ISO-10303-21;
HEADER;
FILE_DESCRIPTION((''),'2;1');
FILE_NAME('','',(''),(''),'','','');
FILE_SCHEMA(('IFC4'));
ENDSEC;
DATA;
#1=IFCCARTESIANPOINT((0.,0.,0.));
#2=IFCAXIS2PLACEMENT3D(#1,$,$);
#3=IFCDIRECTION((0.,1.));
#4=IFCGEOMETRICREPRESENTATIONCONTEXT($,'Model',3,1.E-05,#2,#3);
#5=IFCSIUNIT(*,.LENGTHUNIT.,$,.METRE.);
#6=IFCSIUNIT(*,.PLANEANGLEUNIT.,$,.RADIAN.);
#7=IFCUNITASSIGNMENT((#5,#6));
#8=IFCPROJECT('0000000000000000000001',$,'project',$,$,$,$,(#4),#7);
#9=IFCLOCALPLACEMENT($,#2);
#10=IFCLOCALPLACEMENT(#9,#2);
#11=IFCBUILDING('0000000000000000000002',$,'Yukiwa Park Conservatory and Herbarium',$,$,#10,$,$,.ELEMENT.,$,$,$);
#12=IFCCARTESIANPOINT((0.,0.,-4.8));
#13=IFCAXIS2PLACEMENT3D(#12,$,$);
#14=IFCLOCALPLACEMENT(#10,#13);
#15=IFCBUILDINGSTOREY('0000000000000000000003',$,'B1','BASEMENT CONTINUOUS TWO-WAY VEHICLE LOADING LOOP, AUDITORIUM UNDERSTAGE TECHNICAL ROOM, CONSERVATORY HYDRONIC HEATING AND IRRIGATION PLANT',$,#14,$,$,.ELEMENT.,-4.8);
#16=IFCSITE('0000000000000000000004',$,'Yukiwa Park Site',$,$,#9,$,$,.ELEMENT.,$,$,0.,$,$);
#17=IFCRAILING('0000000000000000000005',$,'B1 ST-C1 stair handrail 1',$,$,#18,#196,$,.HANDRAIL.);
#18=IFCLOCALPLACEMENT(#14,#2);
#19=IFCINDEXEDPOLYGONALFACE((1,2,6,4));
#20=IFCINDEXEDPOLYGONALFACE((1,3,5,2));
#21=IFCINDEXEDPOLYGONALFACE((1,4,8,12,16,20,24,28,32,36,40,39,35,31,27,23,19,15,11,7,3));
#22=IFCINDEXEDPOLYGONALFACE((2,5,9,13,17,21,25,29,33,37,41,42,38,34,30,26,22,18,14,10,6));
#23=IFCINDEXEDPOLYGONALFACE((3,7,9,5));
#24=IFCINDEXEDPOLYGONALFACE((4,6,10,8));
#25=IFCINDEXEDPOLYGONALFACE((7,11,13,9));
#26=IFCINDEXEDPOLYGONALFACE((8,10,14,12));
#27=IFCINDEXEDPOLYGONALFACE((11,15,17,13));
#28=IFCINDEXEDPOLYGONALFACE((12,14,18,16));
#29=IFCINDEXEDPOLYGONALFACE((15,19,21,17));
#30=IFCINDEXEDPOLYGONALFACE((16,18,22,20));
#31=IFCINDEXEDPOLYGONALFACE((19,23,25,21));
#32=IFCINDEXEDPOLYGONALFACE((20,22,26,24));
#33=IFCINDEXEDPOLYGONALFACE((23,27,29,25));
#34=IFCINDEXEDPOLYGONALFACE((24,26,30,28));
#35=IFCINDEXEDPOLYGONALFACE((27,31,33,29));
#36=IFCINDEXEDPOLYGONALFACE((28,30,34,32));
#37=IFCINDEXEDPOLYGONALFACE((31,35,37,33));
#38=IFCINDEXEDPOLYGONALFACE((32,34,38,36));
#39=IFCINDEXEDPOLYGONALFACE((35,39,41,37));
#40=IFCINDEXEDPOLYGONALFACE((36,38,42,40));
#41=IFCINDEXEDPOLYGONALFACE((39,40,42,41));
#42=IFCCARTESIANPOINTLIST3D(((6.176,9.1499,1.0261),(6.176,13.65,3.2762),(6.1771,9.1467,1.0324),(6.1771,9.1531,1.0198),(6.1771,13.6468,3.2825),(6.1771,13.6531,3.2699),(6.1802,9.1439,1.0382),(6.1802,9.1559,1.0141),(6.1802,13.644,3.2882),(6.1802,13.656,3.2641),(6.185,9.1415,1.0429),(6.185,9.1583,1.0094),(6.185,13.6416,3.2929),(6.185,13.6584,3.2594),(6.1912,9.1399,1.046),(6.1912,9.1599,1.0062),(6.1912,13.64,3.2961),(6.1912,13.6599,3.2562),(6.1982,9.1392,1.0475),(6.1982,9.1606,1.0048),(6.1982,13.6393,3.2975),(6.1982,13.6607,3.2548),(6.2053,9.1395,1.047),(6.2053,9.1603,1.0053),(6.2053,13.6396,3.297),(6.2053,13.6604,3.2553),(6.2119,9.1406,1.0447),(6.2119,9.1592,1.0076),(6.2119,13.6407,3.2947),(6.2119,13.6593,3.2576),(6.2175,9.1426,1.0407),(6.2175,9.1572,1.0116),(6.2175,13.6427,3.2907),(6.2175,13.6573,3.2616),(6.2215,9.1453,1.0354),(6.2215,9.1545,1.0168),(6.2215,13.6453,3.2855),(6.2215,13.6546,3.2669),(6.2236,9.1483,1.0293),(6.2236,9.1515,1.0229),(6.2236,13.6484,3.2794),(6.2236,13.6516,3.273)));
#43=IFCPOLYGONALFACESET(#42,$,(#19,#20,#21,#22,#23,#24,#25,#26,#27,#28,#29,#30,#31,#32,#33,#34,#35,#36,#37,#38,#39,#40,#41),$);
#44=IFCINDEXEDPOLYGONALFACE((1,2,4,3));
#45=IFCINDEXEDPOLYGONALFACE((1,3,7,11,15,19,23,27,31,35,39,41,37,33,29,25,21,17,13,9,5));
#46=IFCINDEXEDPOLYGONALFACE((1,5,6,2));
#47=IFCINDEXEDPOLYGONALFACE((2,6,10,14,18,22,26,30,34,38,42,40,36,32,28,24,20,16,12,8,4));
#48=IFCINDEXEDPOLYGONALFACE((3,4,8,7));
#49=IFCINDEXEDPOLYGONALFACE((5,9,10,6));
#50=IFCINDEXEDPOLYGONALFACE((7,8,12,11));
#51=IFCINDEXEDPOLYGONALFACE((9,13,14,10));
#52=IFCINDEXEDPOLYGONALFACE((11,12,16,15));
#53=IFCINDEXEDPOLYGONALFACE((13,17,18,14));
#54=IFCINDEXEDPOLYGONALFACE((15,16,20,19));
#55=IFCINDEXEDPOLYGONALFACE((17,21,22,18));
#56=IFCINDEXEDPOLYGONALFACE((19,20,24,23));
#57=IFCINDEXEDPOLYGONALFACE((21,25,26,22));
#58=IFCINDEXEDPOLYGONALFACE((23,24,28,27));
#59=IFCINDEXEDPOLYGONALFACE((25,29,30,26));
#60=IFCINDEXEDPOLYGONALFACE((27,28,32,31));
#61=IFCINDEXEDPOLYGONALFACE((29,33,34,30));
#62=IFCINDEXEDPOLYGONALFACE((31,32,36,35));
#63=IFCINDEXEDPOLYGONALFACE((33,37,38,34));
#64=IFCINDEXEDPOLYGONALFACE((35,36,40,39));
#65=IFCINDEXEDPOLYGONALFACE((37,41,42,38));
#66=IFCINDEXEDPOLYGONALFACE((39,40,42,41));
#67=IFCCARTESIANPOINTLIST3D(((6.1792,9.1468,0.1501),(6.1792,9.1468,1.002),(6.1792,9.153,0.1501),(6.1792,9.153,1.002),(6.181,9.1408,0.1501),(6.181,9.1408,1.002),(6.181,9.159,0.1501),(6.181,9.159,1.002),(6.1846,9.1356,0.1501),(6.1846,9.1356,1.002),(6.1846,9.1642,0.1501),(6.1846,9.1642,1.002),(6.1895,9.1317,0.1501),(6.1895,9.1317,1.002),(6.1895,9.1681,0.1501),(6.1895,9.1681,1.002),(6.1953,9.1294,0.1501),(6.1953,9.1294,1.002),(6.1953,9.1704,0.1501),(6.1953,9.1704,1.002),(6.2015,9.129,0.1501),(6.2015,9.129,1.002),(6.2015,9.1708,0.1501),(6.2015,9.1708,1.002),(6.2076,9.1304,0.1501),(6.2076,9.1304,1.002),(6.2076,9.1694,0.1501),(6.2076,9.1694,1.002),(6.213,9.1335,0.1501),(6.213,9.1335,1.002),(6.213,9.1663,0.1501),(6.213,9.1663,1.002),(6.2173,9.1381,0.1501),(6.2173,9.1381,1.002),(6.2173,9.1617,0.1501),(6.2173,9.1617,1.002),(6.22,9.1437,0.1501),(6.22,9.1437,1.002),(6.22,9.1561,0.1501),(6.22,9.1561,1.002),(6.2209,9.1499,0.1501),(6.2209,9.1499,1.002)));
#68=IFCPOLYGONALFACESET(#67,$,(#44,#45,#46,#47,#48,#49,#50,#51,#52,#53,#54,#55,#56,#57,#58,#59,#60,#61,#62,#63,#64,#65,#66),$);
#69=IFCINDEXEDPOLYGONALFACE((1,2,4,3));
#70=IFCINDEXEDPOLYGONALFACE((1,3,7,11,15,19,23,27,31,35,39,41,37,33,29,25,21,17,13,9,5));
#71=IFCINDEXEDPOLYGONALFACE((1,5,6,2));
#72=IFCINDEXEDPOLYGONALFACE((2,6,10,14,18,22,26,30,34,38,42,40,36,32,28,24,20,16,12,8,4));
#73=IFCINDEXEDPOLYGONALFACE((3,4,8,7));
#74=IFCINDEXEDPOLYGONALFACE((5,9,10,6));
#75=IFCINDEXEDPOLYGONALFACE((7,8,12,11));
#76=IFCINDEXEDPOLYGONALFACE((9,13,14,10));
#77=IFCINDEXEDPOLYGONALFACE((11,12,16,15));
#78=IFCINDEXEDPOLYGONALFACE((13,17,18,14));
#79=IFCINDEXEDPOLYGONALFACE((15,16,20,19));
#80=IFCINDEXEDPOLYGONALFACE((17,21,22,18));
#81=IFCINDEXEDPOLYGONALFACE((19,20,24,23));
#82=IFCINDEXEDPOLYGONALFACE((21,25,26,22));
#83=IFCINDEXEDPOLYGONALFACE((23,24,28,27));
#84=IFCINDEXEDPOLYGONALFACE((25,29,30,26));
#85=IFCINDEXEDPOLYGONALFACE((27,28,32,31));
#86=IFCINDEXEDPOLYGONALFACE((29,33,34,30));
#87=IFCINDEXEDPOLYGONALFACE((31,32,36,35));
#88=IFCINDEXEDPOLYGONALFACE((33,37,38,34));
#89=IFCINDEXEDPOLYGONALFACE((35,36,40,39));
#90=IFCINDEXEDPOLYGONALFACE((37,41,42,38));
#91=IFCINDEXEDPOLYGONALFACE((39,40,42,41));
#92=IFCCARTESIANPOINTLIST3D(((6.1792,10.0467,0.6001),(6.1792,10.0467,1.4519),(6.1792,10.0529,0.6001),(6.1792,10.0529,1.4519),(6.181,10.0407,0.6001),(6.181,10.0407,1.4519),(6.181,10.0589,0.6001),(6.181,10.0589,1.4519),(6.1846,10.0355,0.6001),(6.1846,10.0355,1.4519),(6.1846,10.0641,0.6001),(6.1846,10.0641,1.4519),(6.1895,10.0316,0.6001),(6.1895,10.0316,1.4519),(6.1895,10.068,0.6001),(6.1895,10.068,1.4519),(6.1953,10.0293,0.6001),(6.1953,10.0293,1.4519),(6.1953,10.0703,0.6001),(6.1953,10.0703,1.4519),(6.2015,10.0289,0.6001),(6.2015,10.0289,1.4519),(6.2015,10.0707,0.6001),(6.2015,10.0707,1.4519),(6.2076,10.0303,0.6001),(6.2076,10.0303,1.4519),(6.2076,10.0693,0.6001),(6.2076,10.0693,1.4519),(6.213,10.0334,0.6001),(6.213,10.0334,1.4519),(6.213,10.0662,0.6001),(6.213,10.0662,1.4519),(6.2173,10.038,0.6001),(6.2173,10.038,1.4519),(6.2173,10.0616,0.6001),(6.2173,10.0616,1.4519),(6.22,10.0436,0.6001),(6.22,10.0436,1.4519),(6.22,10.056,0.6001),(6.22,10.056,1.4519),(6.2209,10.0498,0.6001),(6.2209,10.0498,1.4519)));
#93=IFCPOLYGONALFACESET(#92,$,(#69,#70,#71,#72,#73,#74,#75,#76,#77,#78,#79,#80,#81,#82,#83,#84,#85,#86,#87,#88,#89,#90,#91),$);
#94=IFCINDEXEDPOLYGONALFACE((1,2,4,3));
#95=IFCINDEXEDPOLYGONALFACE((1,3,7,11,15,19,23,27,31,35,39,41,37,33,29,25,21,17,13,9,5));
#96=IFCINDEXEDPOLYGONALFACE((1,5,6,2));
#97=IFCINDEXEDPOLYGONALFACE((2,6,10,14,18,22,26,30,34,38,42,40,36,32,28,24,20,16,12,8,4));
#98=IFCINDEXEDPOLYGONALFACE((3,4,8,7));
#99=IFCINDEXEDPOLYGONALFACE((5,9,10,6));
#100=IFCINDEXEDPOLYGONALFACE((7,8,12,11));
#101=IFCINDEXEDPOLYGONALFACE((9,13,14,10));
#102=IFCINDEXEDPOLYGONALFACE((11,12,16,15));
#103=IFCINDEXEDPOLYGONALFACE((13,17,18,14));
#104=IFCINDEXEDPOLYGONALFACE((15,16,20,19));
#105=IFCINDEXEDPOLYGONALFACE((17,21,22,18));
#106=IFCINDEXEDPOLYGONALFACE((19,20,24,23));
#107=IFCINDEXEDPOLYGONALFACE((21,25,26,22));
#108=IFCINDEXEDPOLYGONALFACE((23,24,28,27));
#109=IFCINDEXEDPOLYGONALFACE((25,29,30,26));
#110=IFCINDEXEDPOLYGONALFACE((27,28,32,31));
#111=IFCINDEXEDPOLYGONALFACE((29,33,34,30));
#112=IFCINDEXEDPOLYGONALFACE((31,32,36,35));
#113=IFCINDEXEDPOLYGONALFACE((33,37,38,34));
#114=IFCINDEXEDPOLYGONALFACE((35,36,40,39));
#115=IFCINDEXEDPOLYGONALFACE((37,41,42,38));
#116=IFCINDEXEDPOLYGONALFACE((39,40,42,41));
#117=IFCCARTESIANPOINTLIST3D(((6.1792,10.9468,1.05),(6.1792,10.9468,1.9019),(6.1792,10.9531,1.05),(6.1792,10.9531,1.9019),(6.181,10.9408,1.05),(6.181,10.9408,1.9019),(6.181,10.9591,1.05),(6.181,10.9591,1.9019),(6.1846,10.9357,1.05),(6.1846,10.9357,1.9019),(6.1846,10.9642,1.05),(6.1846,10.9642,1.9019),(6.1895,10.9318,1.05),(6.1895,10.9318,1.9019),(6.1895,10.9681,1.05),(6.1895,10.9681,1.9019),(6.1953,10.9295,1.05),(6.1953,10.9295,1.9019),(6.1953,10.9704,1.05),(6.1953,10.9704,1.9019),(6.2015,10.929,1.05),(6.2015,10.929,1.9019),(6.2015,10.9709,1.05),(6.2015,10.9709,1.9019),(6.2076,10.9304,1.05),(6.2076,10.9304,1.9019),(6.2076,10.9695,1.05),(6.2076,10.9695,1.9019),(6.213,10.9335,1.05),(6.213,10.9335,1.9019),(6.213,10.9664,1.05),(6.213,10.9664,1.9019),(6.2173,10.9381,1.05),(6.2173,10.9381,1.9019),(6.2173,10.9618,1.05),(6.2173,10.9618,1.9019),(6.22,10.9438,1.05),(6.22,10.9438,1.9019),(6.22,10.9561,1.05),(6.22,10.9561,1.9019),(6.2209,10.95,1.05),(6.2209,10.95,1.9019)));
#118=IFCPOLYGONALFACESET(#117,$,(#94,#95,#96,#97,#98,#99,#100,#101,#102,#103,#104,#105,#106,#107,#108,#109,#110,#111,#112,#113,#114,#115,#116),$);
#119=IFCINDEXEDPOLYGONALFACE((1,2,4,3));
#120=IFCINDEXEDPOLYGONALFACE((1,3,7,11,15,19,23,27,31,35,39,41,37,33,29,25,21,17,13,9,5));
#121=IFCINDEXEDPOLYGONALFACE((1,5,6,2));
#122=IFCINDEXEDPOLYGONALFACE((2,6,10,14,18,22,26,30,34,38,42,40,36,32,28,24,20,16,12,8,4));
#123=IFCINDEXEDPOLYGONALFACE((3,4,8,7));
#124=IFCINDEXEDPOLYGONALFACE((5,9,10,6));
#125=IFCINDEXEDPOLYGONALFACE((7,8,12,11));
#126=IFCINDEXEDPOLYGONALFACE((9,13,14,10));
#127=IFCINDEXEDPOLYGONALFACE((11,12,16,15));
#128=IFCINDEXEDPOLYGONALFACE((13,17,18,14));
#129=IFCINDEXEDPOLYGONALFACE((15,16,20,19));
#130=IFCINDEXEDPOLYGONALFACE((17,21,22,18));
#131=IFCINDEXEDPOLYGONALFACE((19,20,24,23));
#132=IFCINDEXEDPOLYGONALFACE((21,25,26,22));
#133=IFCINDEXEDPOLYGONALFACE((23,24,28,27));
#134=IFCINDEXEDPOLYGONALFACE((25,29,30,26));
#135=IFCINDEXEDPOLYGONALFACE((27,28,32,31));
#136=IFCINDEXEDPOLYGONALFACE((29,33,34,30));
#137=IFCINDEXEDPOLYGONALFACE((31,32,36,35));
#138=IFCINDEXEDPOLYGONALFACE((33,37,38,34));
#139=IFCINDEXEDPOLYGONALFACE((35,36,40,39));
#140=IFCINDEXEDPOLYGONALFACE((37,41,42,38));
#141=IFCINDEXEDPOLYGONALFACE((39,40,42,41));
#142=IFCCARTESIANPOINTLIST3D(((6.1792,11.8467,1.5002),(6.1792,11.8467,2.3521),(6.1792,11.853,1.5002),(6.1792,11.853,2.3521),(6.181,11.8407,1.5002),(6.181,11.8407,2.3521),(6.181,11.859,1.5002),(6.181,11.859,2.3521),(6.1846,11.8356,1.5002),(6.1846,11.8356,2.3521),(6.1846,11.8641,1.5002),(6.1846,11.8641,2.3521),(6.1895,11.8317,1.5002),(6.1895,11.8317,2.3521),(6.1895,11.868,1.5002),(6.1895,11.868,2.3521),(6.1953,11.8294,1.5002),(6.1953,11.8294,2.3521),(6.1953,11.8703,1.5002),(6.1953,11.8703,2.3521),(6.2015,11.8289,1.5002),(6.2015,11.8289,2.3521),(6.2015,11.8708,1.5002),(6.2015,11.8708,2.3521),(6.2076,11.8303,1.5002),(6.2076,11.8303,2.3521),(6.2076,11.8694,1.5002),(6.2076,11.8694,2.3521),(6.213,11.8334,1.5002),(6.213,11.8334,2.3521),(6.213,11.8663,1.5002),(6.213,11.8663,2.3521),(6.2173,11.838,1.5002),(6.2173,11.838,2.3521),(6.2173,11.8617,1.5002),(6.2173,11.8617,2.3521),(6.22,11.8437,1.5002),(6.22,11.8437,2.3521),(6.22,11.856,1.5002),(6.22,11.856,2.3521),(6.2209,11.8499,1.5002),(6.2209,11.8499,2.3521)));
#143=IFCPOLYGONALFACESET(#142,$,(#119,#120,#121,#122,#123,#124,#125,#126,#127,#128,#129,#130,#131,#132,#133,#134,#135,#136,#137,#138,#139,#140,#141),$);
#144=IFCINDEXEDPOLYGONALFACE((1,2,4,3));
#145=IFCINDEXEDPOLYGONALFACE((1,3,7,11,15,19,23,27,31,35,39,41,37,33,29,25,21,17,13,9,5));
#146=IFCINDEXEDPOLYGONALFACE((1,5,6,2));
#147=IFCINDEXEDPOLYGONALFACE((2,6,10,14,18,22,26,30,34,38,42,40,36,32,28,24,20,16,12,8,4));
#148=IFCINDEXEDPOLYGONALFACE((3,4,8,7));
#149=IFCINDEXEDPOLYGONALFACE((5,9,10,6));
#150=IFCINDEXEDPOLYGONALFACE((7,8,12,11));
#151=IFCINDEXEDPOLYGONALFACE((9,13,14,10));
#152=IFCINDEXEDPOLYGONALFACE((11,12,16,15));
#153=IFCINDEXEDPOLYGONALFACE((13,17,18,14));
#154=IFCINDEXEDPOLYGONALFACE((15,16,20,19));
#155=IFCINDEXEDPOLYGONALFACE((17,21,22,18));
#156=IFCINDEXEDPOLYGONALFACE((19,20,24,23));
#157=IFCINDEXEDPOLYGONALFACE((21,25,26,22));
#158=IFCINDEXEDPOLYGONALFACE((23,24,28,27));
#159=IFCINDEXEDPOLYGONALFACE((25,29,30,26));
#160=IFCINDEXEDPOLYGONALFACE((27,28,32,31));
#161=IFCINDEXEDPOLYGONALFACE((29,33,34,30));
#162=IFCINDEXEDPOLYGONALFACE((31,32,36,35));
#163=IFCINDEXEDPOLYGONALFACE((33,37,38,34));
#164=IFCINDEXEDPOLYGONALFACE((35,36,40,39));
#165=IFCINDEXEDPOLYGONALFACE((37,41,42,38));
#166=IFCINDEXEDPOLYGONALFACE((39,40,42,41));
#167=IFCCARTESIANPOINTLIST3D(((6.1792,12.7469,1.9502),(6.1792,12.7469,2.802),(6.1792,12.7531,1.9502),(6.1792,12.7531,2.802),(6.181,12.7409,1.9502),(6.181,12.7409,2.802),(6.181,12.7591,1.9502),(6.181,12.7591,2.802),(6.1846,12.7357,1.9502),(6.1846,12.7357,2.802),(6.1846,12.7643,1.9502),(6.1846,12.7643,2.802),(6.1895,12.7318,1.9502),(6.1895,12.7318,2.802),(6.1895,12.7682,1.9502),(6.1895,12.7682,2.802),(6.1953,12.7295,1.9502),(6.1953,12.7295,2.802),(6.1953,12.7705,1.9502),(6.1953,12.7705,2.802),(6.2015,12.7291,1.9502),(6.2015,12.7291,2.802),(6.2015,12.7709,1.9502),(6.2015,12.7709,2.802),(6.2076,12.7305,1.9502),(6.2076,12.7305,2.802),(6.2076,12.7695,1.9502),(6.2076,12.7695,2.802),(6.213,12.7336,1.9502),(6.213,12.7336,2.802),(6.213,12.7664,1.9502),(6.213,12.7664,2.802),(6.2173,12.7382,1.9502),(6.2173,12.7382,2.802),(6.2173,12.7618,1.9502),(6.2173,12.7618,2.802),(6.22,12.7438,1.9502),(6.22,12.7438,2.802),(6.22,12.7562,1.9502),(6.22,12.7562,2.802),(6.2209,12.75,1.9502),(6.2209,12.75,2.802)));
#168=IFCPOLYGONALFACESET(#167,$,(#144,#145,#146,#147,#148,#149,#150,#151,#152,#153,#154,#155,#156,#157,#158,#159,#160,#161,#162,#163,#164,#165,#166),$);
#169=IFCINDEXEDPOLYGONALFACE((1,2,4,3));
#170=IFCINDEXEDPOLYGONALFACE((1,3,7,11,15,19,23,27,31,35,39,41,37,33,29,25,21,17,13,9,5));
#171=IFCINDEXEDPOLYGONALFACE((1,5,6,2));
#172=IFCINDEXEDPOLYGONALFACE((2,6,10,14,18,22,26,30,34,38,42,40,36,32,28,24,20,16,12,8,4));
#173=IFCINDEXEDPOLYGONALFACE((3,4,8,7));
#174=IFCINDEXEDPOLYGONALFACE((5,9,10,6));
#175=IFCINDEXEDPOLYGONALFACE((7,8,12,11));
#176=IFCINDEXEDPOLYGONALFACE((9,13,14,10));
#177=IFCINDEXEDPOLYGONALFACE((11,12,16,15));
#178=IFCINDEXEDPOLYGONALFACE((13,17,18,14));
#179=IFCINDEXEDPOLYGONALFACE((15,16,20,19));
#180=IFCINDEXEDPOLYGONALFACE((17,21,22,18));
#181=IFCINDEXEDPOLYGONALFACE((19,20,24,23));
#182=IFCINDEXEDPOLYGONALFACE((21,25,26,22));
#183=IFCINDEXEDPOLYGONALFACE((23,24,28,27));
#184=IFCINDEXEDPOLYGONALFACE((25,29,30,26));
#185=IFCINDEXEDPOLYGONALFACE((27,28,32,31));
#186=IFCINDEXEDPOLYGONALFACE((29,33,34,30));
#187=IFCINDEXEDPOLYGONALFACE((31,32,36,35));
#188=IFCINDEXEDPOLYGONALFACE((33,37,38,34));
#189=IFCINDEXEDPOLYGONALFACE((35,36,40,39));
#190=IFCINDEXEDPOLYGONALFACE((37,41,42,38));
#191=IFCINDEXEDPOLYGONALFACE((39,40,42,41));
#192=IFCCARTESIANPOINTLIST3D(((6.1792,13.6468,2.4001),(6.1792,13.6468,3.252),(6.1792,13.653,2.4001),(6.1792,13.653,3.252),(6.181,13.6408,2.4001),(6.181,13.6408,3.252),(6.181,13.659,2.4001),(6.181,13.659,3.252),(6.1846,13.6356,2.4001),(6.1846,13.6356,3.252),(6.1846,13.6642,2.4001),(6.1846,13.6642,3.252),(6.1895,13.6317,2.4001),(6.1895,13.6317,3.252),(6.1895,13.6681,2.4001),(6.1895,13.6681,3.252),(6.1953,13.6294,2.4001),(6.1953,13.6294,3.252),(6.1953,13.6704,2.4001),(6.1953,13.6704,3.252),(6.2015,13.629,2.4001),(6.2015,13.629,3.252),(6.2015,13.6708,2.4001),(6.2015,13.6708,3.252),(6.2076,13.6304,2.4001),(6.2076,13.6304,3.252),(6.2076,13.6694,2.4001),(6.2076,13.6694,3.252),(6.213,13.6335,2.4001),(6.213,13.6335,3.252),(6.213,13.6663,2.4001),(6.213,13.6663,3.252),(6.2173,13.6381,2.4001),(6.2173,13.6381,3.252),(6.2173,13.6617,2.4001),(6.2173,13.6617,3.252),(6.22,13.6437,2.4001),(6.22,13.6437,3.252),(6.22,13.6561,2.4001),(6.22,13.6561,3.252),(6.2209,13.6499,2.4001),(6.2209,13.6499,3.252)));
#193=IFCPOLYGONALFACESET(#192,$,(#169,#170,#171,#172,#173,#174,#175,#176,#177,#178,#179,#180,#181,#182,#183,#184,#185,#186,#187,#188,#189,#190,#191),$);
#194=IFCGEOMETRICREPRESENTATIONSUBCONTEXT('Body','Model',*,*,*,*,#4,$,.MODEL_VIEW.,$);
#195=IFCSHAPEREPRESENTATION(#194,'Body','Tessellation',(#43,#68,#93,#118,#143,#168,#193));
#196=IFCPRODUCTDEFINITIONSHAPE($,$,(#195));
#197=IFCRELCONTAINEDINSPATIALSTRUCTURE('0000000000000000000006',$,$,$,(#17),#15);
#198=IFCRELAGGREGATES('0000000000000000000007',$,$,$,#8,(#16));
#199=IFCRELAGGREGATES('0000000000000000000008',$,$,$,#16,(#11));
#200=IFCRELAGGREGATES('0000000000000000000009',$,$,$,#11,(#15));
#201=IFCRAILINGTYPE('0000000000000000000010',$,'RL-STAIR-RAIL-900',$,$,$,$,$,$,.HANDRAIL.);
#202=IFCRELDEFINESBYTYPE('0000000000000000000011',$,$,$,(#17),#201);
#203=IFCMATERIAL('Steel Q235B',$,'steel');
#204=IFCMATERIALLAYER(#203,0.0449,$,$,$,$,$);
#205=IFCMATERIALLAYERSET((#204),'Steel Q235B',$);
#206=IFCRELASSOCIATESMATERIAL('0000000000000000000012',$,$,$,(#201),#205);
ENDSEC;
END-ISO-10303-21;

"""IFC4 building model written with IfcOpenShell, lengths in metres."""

from ifc_helpers import new_model, si_unit, direction, frame, origin, origin_2d, place, context, subcontext, project, spatial, circle, extrude, material, layer, layer_set, type_object, element, save


model = new_model("IFC4")

# Units and contexts
model_context = context("Model", 3, precision=1e-05, world=origin(), true_north=direction((0.0, 1.0)))
body_context = subcontext(model_context, "Body", "Model", "MODEL_VIEW")
ifc_project = project(units=[si_unit("LENGTHUNIT", "METRE"), si_unit("PLANEANGLEUNIT", "RADIAN")], contexts=[model_context])

# Site, building, storey
site_placement = place(None, origin())
site = spatial("IfcSite", under=ifc_project, at=site_placement, Name="Yukiwa Park Site", CompositionType="ELEMENT", RefElevation=0.0)
building_placement = place(site_placement, origin())
building = spatial("IfcBuilding", under=site, at=building_placement, Name="Yukiwa Park Conservatory and Herbarium", CompositionType="ELEMENT")
storey_placement = place(building_placement, frame((0.0, 0.0, -4.8)))
storey = spatial("IfcBuildingStorey", under=building, at=storey_placement, Name="B1", Description="BASEMENT CONTINUOUS TWO-WAY VEHICLE LOADING LOOP, AUDITORIUM UNDERSTAGE TECHNICAL ROOM, CONSERVATORY HYDRONIC HEATING AND IRRIGATION PLANT", CompositionType="ELEMENT", Elevation=-4.8)

# Railing
ifc_material_1 = material(Name="Steel Q235B", Category="steel")
ifc_layer_1 = layer(ifc_material_1, 0.0449)
ifc_layer_set_1 = layer_set([ifc_layer_1], Name="Steel Q235B")
railing_type_1 = type_object("IfcRailingType", Name="RL-STAIR-RAIL-900", PredefinedType="HANDRAIL", material=ifc_layer_set_1)
railing_1_placement = place(storey_placement, frame((6.2, 9.1499, 0.1501)))
element("IfcRailing", 1, at=railing_1_placement, inside=storey, type_object=railing_type_1, Name="B1 ST-C1 stair handrail 1", PredefinedType="HANDRAIL", context=body_context, shape_type="SweptSolid", body=[
    extrude(circle(Radius=0.0239, at=origin_2d()), frame((0.0, 0.0, 0.876), z_axis=(0.0, 0.894427, 0.447214), x_axis=(-1.0, 0.0, 0.0)), (0.0, 0.0, 1.0), 5.0312),
    extrude(circle(Radius=0.021, at=origin_2d()), origin(), (0.0, 0.0, 1.0), 0.8518),
    extrude(circle(Radius=0.021, at=origin_2d()), frame((0.0, 0.8999, 0.45)), (0.0, 0.0, 1.0), 0.8518),
    extrude(circle(Radius=0.021, at=origin_2d()), frame((0.0, 1.8, 0.8999)), (0.0, 0.0, 1.0), 0.8518),
    extrude(circle(Radius=0.021, at=origin_2d()), frame((0.0, 2.7, 1.3501)), (0.0, 0.0, 1.0), 0.8518),
    extrude(circle(Radius=0.021, at=origin_2d()), frame((0.0, 3.6001, 1.8)), (0.0, 0.0, 1.0), 0.8518),
    extrude(circle(Radius=0.021, at=origin_2d()), frame((0.0, 4.5, 2.25)), (0.0, 0.0, 1.0), 0.8518),
])

save(model, "model.ifc")
